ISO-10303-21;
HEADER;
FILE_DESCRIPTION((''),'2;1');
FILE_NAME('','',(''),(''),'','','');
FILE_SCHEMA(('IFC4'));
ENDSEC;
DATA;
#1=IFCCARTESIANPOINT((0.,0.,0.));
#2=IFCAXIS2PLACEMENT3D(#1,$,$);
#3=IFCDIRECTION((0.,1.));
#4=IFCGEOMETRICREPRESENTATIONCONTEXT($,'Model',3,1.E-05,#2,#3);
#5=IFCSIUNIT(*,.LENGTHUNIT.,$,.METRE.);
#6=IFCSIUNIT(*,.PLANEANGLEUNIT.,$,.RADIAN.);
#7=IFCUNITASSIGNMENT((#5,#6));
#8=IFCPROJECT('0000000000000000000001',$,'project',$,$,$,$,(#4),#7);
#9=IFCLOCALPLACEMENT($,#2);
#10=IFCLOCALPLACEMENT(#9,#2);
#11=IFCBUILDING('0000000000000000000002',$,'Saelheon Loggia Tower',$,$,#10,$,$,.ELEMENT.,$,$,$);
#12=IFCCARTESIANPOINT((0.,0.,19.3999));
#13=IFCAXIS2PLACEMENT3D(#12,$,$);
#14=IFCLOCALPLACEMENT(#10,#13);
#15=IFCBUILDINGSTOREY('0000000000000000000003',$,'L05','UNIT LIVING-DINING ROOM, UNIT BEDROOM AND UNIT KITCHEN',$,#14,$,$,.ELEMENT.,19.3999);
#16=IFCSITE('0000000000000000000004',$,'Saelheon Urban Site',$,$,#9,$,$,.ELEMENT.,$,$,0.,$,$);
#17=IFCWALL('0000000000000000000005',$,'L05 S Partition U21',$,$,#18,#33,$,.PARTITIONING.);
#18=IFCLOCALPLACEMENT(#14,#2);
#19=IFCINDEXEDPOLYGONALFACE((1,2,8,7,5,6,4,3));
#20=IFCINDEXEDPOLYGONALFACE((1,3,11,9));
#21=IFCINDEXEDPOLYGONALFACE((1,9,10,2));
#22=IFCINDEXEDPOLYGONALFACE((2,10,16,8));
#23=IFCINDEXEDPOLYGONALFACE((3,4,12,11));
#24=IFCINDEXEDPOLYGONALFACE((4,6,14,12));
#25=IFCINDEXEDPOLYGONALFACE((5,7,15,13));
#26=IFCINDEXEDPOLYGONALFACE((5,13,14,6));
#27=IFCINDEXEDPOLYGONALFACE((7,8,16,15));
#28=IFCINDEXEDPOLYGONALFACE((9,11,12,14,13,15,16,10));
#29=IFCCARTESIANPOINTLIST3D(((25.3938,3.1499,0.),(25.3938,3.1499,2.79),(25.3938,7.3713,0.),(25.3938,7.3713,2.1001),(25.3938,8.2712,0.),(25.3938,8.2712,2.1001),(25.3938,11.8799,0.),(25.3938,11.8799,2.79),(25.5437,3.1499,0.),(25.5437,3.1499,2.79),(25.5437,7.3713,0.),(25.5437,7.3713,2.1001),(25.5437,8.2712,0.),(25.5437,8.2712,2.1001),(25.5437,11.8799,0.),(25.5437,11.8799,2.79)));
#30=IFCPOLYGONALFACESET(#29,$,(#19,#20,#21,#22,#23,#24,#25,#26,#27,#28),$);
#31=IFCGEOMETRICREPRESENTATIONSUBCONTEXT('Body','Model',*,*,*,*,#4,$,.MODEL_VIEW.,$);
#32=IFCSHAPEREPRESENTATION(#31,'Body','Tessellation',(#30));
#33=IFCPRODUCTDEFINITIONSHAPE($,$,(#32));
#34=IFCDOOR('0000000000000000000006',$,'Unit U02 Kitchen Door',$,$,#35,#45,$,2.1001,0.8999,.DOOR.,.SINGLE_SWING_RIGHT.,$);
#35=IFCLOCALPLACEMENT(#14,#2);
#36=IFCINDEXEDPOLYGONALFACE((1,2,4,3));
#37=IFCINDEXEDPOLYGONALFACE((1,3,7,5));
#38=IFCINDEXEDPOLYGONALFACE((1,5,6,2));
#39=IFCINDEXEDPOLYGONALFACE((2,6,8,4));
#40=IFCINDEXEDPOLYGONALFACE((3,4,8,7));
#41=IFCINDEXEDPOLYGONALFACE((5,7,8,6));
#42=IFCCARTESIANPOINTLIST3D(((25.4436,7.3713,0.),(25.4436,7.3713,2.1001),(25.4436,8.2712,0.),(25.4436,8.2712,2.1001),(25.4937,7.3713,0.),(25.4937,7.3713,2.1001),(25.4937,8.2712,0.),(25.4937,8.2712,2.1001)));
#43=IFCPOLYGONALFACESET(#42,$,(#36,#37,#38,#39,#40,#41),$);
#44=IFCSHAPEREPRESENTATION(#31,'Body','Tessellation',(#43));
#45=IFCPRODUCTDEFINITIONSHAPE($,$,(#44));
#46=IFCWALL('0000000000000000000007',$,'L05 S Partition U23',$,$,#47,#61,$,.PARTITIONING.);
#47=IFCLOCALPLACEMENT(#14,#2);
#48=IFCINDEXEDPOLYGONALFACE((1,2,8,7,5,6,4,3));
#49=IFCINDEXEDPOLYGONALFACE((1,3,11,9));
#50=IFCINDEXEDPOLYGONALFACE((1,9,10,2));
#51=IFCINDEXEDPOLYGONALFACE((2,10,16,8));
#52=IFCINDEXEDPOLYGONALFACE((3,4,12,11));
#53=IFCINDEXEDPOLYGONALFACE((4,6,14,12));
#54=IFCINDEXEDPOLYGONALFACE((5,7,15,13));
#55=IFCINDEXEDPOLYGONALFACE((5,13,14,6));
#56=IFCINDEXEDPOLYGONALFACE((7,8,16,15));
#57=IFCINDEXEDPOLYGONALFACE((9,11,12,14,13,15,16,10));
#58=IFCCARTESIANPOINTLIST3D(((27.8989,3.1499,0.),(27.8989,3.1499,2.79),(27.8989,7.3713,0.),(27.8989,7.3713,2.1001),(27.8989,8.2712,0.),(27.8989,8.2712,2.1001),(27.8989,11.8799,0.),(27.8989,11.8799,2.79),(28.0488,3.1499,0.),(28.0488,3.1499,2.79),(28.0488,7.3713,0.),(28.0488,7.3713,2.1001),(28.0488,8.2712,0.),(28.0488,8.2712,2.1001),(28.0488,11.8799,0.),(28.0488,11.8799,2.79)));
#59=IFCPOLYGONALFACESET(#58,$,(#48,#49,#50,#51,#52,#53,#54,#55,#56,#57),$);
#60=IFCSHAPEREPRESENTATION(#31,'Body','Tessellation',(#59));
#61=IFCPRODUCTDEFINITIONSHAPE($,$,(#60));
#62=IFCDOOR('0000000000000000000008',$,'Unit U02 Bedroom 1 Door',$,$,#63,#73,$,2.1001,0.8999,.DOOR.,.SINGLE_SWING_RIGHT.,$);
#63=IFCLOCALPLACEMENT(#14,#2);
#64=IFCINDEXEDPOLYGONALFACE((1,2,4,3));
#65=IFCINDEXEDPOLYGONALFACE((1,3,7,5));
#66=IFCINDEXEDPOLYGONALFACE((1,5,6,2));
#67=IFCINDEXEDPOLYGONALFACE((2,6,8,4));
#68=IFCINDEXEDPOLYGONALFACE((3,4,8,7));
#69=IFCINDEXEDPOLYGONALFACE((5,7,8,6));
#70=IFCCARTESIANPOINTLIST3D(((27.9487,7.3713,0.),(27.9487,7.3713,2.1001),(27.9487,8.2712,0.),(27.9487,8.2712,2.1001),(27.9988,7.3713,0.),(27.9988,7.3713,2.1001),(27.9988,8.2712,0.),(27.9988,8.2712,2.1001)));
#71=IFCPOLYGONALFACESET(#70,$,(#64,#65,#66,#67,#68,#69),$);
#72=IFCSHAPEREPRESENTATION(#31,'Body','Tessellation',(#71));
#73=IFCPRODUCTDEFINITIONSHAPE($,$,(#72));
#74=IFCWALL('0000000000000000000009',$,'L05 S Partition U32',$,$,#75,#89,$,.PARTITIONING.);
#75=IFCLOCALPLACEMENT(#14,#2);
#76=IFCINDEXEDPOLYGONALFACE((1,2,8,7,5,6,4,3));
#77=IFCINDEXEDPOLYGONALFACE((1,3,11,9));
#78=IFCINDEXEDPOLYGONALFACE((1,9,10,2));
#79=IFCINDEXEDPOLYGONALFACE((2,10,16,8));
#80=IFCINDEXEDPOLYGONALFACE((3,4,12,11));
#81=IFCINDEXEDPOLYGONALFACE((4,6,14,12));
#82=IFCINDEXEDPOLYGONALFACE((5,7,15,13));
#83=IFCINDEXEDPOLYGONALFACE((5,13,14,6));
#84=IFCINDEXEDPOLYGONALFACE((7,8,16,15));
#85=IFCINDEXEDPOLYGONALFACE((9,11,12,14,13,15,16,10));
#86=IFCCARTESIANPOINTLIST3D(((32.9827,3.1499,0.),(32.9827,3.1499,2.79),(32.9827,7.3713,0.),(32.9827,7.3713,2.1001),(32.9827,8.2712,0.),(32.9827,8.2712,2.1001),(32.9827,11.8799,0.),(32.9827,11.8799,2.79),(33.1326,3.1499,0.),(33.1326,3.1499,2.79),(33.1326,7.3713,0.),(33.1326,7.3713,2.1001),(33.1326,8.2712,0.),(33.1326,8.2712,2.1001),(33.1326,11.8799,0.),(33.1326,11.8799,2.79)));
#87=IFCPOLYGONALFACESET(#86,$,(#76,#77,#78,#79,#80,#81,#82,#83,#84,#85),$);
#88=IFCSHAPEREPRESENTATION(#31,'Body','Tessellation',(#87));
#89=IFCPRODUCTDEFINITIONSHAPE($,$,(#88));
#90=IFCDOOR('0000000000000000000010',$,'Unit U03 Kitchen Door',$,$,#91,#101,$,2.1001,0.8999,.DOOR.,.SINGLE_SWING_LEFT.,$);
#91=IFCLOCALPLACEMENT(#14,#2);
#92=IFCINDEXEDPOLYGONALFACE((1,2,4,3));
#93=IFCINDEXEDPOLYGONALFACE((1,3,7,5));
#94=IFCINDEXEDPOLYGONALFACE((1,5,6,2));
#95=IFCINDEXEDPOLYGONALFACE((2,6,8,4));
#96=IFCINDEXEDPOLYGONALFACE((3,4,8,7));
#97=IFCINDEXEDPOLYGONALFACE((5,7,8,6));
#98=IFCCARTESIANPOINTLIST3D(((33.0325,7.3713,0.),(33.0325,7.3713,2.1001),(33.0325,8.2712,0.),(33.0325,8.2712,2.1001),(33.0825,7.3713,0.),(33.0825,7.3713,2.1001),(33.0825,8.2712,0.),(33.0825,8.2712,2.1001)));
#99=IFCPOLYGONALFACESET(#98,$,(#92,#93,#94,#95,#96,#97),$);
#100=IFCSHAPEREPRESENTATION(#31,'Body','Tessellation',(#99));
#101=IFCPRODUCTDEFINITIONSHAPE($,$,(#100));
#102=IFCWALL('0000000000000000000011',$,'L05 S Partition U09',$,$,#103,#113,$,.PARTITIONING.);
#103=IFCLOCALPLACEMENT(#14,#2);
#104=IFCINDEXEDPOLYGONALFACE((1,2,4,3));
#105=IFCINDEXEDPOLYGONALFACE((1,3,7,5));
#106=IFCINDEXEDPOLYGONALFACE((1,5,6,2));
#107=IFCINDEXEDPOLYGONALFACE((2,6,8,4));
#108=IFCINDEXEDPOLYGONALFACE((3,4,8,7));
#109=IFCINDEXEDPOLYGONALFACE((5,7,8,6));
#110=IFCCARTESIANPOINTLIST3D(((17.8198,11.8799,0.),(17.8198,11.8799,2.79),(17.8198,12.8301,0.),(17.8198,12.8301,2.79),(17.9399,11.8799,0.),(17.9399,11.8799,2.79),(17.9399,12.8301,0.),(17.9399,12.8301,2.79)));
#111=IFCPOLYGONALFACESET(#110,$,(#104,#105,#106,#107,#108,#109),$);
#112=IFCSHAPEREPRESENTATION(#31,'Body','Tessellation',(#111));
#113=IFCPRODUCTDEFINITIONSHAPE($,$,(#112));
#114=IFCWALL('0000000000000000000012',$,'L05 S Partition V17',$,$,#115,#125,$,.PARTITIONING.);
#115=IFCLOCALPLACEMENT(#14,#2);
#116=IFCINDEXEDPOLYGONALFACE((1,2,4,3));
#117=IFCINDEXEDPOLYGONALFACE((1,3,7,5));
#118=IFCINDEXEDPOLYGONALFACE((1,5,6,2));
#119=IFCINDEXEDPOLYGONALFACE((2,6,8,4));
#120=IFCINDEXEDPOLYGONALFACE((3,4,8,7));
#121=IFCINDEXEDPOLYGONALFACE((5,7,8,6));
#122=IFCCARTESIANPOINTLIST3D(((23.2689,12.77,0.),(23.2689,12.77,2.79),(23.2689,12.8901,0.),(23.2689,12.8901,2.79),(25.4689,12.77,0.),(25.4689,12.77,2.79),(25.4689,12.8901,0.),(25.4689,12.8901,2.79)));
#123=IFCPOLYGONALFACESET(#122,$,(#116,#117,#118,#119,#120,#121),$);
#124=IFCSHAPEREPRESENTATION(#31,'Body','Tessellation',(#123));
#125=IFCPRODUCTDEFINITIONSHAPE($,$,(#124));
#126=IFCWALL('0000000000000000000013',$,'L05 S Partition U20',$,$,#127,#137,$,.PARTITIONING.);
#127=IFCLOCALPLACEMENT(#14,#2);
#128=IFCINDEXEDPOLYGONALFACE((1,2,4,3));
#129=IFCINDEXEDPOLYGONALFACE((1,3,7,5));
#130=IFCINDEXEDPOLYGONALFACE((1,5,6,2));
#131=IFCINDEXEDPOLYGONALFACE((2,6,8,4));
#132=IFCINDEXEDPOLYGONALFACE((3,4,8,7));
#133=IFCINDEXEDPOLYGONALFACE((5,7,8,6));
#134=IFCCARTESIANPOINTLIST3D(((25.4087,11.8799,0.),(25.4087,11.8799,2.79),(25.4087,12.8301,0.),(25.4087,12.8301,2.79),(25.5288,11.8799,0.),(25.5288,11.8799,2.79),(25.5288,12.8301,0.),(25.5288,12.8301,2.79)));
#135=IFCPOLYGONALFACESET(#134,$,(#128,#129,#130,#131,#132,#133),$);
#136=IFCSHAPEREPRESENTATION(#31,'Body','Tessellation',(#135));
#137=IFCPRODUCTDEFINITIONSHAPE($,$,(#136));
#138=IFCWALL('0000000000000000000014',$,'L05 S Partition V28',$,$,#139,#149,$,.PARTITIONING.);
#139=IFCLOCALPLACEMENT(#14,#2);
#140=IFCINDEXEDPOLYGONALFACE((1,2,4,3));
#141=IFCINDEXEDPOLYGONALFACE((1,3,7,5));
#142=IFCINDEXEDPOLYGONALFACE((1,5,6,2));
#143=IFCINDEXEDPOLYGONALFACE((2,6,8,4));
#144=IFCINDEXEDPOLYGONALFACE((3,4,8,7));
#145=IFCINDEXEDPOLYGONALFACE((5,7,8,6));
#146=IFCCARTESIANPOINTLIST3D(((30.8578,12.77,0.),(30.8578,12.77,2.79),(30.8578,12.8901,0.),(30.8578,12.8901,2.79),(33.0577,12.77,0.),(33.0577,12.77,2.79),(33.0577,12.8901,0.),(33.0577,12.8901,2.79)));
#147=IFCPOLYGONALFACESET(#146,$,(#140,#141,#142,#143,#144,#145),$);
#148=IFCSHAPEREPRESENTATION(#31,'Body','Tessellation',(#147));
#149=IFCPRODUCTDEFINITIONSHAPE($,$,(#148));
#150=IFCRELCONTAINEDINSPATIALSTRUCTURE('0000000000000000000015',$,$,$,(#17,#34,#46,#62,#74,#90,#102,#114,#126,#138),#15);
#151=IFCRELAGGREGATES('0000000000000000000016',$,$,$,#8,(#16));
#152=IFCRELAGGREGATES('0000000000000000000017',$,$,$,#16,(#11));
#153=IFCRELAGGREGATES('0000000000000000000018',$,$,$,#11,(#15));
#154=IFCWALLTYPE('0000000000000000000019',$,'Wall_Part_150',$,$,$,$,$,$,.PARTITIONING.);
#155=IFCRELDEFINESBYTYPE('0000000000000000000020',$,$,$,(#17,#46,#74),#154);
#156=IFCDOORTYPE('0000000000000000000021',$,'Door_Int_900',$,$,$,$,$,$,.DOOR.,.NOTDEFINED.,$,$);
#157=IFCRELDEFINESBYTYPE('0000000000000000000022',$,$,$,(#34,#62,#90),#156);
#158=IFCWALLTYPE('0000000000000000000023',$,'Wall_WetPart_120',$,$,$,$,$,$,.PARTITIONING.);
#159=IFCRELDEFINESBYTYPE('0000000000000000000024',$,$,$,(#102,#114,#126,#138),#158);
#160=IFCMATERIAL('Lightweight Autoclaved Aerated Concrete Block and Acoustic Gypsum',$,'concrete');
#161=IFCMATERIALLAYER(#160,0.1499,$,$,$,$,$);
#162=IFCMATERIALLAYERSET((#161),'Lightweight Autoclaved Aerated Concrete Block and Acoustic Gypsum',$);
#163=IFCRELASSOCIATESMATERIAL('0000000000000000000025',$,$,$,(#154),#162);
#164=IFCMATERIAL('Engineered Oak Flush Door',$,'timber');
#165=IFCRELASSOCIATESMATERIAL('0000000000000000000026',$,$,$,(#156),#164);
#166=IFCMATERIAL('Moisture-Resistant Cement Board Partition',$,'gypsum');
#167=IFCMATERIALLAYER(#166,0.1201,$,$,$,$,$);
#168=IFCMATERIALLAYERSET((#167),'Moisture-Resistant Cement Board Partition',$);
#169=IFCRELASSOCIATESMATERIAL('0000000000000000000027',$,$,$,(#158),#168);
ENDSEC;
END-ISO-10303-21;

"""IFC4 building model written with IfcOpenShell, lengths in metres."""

from ifc_helpers import new_model, si_unit, direction, frame, frame_2d, origin, place, context, subcontext, project, spatial, rectangle, extrude, source, transform, mapped, material, layer, layer_set, type_object, element, fill, save


model = new_model("IFC4")

# Units and contexts
model_context = context("Model", 3, precision=1e-05, world=origin(), true_north=direction((0.0, 1.0)))
body_context = subcontext(model_context, "Body", "Model", "MODEL_VIEW")
ifc_project = project(units=[si_unit("LENGTHUNIT", "METRE"), si_unit("PLANEANGLEUNIT", "RADIAN")], contexts=[model_context])

# Site, building, storey
site_placement = place(None, origin())
site = spatial("IfcSite", under=ifc_project, at=site_placement, Name="Saelheon Urban Site", CompositionType="ELEMENT", RefElevation=0.0)
building_placement = place(site_placement, origin())
building = spatial("IfcBuilding", under=site, at=building_placement, Name="Saelheon Loggia Tower", CompositionType="ELEMENT")
storey_placement = place(building_placement, frame((0.0, 0.0, 19.3999)))
storey = spatial("IfcBuildingStorey", under=building, at=storey_placement, Name="L05", Description="UNIT LIVING-DINING ROOM, UNIT BEDROOM AND UNIT KITCHEN", CompositionType="ELEMENT", Elevation=19.3999)

# Shared definitions
ifc_material_1 = material(Name="Lightweight Autoclaved Aerated Concrete Block and Acoustic Gypsum", Category="concrete")
ifc_layer_1 = layer(ifc_material_1, 0.1499)
ifc_layer_set_1 = layer_set([ifc_layer_1], Name="Lightweight Autoclaved Aerated Concrete Block and Acoustic Gypsum")
wall_type_1 = type_object("IfcWallType", Name="Wall_Part_150", PredefinedType="PARTITIONING", material=ifc_layer_set_1)

# Shared definitions
ifc_material_2 = material(Name="Engineered Oak Flush Door", Category="timber")
door_type = type_object("IfcDoorType", Name="Door_Int_900", OperationType="NOTDEFINED", PredefinedType="DOOR", material=ifc_material_2)
shared_shape_1 = source(origin(), body_context, "Body", "SweptSolid", [
    extrude(rectangle(XDim=0.8999, YDim=2.1001, at=frame_2d((0.45, 1.05))), frame((0.0, 0.0249, 0.0), z_axis=(0.0, -1.0, 0.0), x_axis=(1.0, 0.0, 0.0)), (0.0, 0.0, 1.0), 0.05),
])

# Walls, openings, doors
wall_1_placement = place(storey_placement, frame((25.4688, 11.8799, 0.0), z_axis=(0.0, 0.0, 1.0), x_axis=(0.0, -1.0, 0.0)))
wall_1 = element("IfcWall", 1, at=wall_1_placement, inside=storey, type_object=wall_type_1, Name="L05 S Partition U21", PredefinedType="PARTITIONING", context=body_context, shape_type="SweptSolid", body=[
    extrude(rectangle(XDim=8.73, YDim=0.1499, at=frame_2d((4.365, 0.0))), origin(), (0.0, 0.0, 1.0), 2.79),
])
opening_1_placement = place(wall_1_placement, frame((3.6086, 0.0, 0.0)))
opening_1 = element("IfcOpeningElement", 2, at=opening_1_placement, cuts=wall_1, PredefinedType="OPENING", context=body_context, shape_type="SweptSolid", body=[
    extrude(rectangle(XDim=0.8999, YDim=2.1001, at=frame_2d((0.45, 1.05))), frame((0.0, 0.0869, 0.0), z_axis=(0.0, -1.0, 0.0), x_axis=(1.0, 0.0, 0.0)), (0.0, 0.0, 1.0), 0.1738),
])
door_1_placement = place(opening_1_placement, origin())
door_1 = element("IfcDoor", 3, at=door_1_placement, inside=storey, type_object=door_type, Name="Unit U02 Kitchen Door", OperationType="SINGLE_SWING_RIGHT", OverallHeight=2.1001, OverallWidth=0.8999, PredefinedType="DOOR", context=body_context, shape_type="MappedRepresentation", body=[
    mapped(shared_shape_1, transform((0.0, 0.0, 0.0), scale=1.0)),
])
fill(opening_1, door_1)
wall_2_placement = place(storey_placement, frame((27.9739, 11.8799, 0.0), z_axis=(0.0, 0.0, 1.0), x_axis=(0.0, -1.0, 0.0)))
wall_2 = element("IfcWall", 4, at=wall_2_placement, inside=storey, type_object=wall_type_1, Name="L05 S Partition U23", PredefinedType="PARTITIONING", context=body_context, shape_type="SweptSolid", body=[
    extrude(rectangle(XDim=8.73, YDim=0.1499, at=frame_2d((4.365, 0.0))), origin(), (0.0, 0.0, 1.0), 2.79),
])
opening_2_placement = place(wall_2_placement, frame((3.6086, 0.0, 0.0)))
opening_2 = element("IfcOpeningElement", 5, at=opening_2_placement, cuts=wall_2, PredefinedType="OPENING", context=body_context, shape_type="SweptSolid", body=[
    extrude(rectangle(XDim=0.8999, YDim=2.1001, at=frame_2d((0.45, 1.05))), frame((0.0, 0.0869, 0.0), z_axis=(0.0, -1.0, 0.0), x_axis=(1.0, 0.0, 0.0)), (0.0, 0.0, 1.0), 0.1738),
])
door_2_placement = place(opening_2_placement, origin())
door_2 = element("IfcDoor", 6, at=door_2_placement, inside=storey, type_object=door_type, Name="Unit U02 Bedroom 1 Door", OperationType="SINGLE_SWING_RIGHT", OverallHeight=2.1001, OverallWidth=0.8999, PredefinedType="DOOR", context=body_context, shape_type="MappedRepresentation", body=[
    mapped(shared_shape_1, transform((0.0, 0.0, 0.0), scale=1.0)),
])
fill(opening_2, door_2)
wall_3_placement = place(storey_placement, frame((33.0576, 11.8799, 0.0), z_axis=(0.0, 0.0, 1.0), x_axis=(0.0, -1.0, 0.0)))
wall_3 = element("IfcWall", 7, at=wall_3_placement, inside=storey, type_object=wall_type_1, Name="L05 S Partition U32", PredefinedType="PARTITIONING", context=body_context, shape_type="SweptSolid", body=[
    extrude(rectangle(XDim=8.73, YDim=0.1499, at=frame_2d((4.365, 0.0))), origin(), (0.0, 0.0, 1.0), 2.79),
])
opening_3_placement = place(wall_3_placement, frame((3.6086, 0.0, 0.0)))
opening_3 = element("IfcOpeningElement", 8, at=opening_3_placement, cuts=wall_3, PredefinedType="OPENING", context=body_context, shape_type="SweptSolid", body=[
    extrude(rectangle(XDim=0.8999, YDim=2.1001, at=frame_2d((0.45, 1.05))), frame((0.0, 0.0869, 0.0), z_axis=(0.0, -1.0, 0.0), x_axis=(1.0, 0.0, 0.0)), (0.0, 0.0, 1.0), 0.1738),
])
door_3_placement = place(opening_3_placement, origin())
door_3 = element("IfcDoor", 9, at=door_3_placement, inside=storey, type_object=door_type, Name="Unit U03 Kitchen Door", OperationType="SINGLE_SWING_LEFT", OverallHeight=2.1001, OverallWidth=0.8999, PredefinedType="DOOR", context=body_context, shape_type="MappedRepresentation", body=[
    mapped(shared_shape_1, transform((0.0, 0.0, 0.0), scale=1.0)),
])
fill(opening_3, door_3)

# Walls
ifc_material_3 = material(Name="Moisture-Resistant Cement Board Partition", Category="gypsum")
ifc_layer_2 = layer(ifc_material_3, 0.1201)
ifc_layer_set_2 = layer_set([ifc_layer_2], Name="Moisture-Resistant Cement Board Partition")
wall_type_2 = type_object("IfcWallType", Name="Wall_WetPart_120", PredefinedType="PARTITIONING", material=ifc_layer_set_2)
wall_4_placement = place(storey_placement, frame((17.8799, 12.8301, 0.0), z_axis=(0.0, 0.0, 1.0), x_axis=(0.0, -1.0, 0.0)))
element("IfcWall", 10, at=wall_4_placement, inside=storey, type_object=wall_type_2, Name="L05 S Partition U09", PredefinedType="PARTITIONING", context=body_context, shape_type="SweptSolid", body=[
    extrude(rectangle(XDim=0.9502, YDim=0.1201, at=frame_2d((0.4751, 0.0))), origin(), (0.0, 0.0, 1.0), 2.79),
])
wall_5_placement = place(storey_placement, frame((23.2688, 12.8301, 0.0), z_axis=(0.0, 0.0, 1.0), x_axis=(1.0, 0.0, 0.0)))
element("IfcWall", 11, at=wall_5_placement, inside=storey, type_object=wall_type_2, Name="L05 S Partition V17", PredefinedType="PARTITIONING", context=body_context, shape_type="SweptSolid", body=[
    extrude(rectangle(XDim=2.2, YDim=0.1201, at=frame_2d((1.1001, 0.0))), origin(), (0.0, 0.0, 1.0), 2.79),
])
wall_6_placement = place(storey_placement, frame((25.4688, 12.8301, 0.0), z_axis=(0.0, 0.0, 1.0), x_axis=(0.0, -1.0, 0.0)))
element("IfcWall", 12, at=wall_6_placement, inside=storey, type_object=wall_type_2, Name="L05 S Partition U20", PredefinedType="PARTITIONING", context=body_context, shape_type="SweptSolid", body=[
    extrude(rectangle(XDim=0.9502, YDim=0.1201, at=frame_2d((0.4751, 0.0))), origin(), (0.0, 0.0, 1.0), 2.79),
])
wall_7_placement = place(storey_placement, frame((30.8577, 12.8301, 0.0), z_axis=(0.0, 0.0, 1.0), x_axis=(1.0, 0.0, 0.0)))
element("IfcWall", 13, at=wall_7_placement, inside=storey, type_object=wall_type_2, Name="L05 S Partition V28", PredefinedType="PARTITIONING", context=body_context, shape_type="SweptSolid", body=[
    extrude(rectangle(XDim=2.2, YDim=0.1201, at=frame_2d((1.1001, 0.0))), origin(), (0.0, 0.0, 1.0), 2.79),
])

save(model, "model.ifc")
